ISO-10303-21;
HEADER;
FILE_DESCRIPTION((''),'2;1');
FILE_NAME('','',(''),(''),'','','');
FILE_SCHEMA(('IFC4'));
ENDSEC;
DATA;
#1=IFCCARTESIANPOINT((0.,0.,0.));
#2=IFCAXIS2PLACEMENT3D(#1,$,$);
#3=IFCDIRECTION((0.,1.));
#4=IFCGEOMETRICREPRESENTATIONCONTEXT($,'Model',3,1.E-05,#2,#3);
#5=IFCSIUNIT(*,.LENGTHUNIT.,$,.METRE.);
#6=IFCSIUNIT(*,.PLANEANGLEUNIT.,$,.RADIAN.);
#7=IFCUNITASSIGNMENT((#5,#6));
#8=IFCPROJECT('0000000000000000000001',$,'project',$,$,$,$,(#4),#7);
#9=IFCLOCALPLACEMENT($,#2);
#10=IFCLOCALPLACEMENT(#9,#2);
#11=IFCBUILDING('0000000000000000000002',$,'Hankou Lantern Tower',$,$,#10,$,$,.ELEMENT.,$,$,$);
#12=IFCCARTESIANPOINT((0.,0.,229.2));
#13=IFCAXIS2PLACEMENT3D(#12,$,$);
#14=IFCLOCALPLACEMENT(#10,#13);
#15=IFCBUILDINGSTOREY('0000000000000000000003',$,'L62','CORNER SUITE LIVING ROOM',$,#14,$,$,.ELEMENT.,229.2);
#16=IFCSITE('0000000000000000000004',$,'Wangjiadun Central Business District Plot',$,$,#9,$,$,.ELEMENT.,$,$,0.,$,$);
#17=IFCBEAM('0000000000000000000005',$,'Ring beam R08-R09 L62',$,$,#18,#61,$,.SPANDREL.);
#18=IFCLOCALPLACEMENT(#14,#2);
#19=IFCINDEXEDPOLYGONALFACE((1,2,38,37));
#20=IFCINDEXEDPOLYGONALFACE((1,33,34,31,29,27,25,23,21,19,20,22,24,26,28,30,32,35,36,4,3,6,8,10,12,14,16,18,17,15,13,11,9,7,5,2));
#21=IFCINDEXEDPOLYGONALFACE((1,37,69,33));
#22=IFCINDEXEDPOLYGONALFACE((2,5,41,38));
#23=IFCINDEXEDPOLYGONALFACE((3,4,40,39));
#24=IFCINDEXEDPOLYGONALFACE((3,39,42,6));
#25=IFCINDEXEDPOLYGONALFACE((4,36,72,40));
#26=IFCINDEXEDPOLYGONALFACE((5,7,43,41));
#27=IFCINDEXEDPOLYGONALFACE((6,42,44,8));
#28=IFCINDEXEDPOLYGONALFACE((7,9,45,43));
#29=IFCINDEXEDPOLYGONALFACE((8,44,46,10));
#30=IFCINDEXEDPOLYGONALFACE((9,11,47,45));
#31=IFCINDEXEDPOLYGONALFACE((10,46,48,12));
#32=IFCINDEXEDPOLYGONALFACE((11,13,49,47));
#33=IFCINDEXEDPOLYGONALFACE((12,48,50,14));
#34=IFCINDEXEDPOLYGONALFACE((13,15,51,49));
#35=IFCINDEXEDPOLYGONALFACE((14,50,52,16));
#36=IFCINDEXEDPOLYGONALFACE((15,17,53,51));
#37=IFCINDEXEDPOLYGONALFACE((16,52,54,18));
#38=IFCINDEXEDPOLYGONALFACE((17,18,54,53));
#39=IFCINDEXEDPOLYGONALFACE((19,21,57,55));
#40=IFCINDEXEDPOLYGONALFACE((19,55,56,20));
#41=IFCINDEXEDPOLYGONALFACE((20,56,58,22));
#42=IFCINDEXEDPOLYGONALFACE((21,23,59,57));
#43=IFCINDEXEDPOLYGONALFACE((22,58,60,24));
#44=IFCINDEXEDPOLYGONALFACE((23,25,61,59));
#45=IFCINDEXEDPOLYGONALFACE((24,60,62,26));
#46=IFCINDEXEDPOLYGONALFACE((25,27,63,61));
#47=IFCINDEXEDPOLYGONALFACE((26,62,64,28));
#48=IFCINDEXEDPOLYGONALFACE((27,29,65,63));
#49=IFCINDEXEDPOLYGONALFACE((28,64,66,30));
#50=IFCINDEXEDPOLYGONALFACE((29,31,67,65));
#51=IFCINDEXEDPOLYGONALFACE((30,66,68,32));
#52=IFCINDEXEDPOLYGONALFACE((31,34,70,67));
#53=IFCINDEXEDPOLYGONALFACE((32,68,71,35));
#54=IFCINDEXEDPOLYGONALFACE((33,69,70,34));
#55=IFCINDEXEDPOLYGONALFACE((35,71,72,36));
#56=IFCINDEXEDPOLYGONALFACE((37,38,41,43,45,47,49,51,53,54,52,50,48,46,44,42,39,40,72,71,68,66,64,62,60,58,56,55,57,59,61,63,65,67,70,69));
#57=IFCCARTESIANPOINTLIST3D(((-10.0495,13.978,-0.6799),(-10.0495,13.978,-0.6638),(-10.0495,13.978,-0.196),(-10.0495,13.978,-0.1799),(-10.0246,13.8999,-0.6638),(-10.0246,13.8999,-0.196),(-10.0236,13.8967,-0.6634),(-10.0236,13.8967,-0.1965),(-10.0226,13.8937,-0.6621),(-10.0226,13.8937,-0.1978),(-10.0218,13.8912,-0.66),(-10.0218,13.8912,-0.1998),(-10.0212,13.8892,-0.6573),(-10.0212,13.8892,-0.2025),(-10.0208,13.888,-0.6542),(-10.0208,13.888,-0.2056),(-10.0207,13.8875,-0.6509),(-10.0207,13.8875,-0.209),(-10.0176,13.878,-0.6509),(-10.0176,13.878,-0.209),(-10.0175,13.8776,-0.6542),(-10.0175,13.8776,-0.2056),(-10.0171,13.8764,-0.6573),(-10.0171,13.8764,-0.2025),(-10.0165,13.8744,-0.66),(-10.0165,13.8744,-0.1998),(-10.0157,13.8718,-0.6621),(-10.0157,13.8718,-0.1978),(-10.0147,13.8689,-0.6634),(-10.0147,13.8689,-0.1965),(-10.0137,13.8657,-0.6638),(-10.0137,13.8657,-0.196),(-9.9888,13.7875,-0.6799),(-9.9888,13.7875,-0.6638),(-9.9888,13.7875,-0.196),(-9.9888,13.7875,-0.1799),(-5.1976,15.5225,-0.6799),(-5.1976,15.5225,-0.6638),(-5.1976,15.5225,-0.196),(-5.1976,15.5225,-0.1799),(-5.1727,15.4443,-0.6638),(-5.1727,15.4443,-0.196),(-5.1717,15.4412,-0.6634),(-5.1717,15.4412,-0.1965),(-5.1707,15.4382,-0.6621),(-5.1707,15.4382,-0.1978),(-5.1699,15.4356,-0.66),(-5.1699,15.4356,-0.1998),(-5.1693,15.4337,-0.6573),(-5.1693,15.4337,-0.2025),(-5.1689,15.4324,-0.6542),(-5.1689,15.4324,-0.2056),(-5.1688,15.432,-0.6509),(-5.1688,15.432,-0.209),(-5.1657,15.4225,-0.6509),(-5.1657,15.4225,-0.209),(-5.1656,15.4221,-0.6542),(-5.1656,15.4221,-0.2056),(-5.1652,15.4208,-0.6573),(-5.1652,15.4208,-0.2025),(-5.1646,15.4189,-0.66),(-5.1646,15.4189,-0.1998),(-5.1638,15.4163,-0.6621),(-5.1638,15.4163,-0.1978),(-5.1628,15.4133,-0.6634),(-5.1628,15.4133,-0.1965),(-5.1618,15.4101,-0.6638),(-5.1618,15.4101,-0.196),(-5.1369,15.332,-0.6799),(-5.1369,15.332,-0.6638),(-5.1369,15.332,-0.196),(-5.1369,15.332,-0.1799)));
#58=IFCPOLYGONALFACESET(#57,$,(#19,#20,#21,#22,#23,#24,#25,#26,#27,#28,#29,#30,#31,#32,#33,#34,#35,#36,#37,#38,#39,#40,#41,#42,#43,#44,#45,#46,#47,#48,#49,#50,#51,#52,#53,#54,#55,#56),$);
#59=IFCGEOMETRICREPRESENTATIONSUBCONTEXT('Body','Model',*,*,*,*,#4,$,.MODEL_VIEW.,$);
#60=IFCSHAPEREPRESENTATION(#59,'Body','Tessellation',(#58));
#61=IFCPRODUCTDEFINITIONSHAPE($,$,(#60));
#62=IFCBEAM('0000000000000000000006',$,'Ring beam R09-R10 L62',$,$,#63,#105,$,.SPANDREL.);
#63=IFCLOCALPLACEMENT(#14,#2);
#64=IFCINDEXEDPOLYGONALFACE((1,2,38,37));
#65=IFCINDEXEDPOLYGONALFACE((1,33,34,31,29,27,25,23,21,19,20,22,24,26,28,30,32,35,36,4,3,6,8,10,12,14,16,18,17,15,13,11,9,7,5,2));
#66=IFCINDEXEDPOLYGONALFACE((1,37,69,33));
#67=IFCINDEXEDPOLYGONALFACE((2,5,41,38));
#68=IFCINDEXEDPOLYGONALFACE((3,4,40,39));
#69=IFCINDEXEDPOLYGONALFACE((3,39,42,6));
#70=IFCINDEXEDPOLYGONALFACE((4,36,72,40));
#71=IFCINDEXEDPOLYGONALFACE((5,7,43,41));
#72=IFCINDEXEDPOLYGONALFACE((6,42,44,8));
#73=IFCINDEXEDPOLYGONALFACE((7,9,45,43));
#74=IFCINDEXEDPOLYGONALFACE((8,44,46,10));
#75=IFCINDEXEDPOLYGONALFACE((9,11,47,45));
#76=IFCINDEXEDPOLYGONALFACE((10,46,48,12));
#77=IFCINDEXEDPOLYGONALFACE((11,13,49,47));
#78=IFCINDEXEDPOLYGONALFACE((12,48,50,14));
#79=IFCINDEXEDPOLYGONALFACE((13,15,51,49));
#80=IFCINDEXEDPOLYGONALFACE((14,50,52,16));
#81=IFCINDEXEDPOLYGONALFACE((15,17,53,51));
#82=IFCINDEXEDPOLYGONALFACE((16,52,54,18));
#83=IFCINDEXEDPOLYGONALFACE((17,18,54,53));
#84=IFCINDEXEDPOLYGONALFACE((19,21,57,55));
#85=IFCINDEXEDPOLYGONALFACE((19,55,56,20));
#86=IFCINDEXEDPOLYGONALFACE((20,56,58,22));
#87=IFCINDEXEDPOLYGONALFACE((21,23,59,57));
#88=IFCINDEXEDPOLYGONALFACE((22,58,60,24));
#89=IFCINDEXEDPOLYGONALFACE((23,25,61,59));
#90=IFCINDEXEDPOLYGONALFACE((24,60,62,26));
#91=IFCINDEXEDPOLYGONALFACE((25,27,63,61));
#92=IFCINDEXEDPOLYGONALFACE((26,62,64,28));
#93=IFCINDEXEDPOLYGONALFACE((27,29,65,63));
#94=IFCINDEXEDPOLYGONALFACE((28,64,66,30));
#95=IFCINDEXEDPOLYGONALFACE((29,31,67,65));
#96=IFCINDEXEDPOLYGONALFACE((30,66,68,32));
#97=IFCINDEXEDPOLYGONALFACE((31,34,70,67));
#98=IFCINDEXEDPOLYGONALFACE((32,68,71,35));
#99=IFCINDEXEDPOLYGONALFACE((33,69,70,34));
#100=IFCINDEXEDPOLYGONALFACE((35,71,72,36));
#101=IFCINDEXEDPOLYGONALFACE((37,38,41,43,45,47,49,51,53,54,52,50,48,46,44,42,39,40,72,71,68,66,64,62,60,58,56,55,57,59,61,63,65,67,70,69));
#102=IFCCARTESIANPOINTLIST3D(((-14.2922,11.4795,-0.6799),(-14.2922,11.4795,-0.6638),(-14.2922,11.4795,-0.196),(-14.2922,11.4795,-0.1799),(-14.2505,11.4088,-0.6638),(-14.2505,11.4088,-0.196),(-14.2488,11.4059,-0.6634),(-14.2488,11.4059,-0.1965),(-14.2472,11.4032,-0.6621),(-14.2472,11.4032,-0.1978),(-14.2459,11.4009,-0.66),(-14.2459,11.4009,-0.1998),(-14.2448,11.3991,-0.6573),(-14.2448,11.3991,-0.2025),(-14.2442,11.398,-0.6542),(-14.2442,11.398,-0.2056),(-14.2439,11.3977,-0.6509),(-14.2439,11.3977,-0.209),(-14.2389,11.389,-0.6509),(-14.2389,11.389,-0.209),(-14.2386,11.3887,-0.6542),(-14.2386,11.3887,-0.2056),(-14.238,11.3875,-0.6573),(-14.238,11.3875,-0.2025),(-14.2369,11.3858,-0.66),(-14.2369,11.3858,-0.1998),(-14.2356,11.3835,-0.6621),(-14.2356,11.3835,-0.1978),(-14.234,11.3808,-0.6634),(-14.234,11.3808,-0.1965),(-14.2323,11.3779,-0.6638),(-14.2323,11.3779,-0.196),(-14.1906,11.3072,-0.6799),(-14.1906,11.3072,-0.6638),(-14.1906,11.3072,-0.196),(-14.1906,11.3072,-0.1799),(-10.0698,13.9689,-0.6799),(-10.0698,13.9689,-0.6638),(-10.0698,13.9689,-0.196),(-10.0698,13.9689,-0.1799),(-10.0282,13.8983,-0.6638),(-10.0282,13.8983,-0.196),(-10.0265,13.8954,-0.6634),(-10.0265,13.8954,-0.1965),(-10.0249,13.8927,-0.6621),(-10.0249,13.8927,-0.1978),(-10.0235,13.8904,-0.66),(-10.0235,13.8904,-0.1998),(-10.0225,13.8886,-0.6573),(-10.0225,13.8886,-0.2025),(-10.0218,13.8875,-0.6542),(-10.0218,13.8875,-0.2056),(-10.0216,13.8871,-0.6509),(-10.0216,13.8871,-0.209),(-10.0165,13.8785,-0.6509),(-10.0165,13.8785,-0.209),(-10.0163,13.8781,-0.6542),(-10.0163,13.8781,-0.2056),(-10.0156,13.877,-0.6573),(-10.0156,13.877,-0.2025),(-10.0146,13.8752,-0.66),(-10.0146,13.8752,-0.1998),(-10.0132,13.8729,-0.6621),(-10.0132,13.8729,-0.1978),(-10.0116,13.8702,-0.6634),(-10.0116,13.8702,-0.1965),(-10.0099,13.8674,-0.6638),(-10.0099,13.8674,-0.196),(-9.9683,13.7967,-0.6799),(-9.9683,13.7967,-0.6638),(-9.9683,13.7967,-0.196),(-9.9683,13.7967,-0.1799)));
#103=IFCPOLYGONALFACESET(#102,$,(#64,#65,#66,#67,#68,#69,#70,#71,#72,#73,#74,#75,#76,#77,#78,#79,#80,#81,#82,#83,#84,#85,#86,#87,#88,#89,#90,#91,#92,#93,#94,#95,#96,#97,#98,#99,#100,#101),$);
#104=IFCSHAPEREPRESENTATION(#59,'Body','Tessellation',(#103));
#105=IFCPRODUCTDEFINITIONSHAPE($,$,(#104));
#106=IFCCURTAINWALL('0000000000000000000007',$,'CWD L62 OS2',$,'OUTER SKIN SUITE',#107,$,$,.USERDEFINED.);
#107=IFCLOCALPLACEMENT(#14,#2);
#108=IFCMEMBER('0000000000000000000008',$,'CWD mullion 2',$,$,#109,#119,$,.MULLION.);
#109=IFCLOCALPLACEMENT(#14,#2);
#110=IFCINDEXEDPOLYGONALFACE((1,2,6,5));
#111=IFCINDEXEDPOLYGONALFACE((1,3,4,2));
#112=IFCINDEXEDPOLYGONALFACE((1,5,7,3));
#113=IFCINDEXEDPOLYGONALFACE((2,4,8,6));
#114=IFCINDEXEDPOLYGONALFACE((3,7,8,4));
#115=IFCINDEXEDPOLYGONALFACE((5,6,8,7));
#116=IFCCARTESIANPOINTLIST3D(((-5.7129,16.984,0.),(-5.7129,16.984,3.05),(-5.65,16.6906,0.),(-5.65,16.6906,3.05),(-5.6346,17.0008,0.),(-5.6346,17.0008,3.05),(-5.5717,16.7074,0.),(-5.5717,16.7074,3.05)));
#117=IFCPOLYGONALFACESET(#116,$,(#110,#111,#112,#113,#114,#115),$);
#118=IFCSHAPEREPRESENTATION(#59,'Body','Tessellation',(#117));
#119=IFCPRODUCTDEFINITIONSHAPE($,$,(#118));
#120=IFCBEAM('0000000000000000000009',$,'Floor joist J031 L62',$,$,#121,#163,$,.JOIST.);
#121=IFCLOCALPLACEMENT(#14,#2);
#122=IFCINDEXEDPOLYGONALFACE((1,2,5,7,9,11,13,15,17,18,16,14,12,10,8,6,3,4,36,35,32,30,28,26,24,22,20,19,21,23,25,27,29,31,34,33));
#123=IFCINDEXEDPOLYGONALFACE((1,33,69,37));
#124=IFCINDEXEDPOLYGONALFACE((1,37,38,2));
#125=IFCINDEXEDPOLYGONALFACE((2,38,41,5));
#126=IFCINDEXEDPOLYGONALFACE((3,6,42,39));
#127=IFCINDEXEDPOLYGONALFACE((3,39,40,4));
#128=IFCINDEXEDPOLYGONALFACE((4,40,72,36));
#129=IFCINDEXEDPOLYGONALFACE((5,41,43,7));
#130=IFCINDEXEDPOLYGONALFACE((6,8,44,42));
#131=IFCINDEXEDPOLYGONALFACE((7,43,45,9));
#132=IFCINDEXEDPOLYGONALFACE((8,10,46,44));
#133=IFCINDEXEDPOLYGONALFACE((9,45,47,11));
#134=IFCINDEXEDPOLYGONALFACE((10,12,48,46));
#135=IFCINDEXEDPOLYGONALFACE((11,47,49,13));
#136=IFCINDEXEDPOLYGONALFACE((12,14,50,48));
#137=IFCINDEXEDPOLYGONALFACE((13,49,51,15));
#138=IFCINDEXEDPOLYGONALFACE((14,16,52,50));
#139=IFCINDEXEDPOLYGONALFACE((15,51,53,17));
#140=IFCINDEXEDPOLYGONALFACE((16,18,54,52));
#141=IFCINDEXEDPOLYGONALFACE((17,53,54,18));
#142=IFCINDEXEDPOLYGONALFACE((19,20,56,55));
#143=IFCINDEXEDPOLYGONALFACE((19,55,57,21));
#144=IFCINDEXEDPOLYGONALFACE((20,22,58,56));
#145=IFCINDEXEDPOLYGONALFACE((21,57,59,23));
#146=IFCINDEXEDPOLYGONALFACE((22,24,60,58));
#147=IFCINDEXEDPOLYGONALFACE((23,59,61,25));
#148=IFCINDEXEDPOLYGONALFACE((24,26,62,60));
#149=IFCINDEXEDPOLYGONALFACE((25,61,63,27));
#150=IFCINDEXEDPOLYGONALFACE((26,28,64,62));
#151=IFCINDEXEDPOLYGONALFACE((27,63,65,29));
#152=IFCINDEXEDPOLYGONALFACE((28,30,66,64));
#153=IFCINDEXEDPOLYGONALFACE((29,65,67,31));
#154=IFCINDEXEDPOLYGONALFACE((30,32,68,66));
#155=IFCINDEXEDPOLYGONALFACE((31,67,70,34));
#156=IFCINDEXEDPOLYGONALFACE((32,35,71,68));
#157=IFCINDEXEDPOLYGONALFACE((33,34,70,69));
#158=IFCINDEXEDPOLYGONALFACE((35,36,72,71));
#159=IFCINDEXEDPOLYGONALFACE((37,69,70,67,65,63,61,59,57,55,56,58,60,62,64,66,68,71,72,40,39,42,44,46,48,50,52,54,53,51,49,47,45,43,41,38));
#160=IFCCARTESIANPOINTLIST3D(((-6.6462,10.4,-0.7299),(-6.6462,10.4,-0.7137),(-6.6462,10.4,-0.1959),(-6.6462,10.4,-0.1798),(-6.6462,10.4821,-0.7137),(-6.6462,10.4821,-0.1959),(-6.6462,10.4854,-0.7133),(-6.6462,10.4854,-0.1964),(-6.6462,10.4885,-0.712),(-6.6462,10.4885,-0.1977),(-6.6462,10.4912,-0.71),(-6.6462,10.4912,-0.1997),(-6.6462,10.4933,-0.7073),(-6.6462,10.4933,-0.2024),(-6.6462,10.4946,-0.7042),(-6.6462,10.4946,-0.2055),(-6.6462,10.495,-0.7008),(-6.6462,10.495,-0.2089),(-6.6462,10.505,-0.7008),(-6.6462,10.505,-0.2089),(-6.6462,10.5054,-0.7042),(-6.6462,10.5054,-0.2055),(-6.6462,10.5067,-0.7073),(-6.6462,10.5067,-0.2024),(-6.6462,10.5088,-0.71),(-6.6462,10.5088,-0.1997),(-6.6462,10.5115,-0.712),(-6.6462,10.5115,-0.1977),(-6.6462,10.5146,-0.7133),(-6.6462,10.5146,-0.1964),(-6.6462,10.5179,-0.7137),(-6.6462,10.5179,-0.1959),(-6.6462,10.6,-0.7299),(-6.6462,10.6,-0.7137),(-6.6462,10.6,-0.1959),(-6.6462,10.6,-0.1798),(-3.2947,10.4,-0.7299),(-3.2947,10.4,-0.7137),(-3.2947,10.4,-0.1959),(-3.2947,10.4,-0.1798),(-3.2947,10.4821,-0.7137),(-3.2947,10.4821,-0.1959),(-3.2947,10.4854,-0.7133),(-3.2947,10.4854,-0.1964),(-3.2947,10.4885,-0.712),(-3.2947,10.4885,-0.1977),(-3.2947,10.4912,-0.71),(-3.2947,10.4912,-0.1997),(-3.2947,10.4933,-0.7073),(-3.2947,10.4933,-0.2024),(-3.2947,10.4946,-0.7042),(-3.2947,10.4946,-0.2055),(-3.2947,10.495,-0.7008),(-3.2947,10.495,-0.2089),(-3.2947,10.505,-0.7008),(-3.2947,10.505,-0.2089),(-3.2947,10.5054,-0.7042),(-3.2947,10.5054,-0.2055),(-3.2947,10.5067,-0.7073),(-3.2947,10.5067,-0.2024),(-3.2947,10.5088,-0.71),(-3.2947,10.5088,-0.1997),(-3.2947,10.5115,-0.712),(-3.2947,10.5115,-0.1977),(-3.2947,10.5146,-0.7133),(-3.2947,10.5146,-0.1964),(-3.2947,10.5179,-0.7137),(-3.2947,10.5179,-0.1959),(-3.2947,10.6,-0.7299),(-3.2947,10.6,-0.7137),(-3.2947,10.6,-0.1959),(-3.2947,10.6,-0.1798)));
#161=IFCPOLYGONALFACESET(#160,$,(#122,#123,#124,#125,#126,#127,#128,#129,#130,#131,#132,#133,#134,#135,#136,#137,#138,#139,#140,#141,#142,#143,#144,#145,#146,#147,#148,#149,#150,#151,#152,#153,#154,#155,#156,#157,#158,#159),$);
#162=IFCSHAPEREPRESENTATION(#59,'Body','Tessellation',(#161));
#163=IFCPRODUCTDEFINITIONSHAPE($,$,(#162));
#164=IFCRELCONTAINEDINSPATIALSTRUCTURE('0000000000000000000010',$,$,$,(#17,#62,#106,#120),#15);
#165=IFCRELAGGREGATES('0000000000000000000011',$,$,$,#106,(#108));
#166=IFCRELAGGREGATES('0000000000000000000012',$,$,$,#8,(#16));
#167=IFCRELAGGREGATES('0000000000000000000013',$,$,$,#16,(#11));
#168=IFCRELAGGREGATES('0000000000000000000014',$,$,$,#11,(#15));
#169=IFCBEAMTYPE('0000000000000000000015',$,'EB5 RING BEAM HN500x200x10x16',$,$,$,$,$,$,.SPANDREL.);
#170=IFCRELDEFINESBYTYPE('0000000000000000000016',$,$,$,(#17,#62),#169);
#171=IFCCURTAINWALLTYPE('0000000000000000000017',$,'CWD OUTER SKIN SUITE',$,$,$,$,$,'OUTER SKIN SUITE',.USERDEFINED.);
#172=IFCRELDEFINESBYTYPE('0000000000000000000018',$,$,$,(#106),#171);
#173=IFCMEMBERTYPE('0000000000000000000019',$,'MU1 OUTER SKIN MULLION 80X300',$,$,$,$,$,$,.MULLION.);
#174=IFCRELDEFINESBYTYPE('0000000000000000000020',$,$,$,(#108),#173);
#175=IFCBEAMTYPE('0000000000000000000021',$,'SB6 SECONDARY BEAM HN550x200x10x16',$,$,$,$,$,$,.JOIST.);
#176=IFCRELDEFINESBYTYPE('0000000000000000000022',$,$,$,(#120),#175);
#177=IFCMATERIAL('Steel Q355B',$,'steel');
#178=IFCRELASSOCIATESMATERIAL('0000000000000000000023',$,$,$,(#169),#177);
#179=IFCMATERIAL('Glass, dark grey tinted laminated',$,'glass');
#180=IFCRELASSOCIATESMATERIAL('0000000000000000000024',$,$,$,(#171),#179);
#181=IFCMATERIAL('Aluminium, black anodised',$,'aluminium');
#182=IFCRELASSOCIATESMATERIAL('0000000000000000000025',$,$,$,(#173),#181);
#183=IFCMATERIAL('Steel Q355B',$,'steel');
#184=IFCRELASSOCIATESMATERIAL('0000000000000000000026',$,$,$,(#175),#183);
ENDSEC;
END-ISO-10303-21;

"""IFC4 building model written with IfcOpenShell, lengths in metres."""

from ifc_helpers import new_model, si_unit, direction, frame, origin, origin_2d, place, context, subcontext, project, spatial, rectangle, i_section, extrude, material, material_profile, profile_set, type_object, element, aggregate, save


model = new_model("IFC4")

# Units and contexts
model_context = context("Model", 3, precision=1e-05, world=origin(), true_north=direction((0.0, 1.0)))
body_context = subcontext(model_context, "Body", "Model", "MODEL_VIEW")
ifc_project = project(units=[si_unit("LENGTHUNIT", "METRE"), si_unit("PLANEANGLEUNIT", "RADIAN")], contexts=[model_context])

# Site, building, storey
site_placement = place(None, origin())
site = spatial("IfcSite", under=ifc_project, at=site_placement, Name="Wangjiadun Central Business District Plot", CompositionType="ELEMENT", RefElevation=0.0)
building_placement = place(site_placement, origin())
building = spatial("IfcBuilding", under=site, at=building_placement, Name="Hankou Lantern Tower", CompositionType="ELEMENT")
storey_placement = place(building_placement, frame((0.0, 0.0, 229.2)))
storey = spatial("IfcBuildingStorey", under=building, at=storey_placement, Name="L62", Description="CORNER SUITE LIVING ROOM", CompositionType="ELEMENT", Elevation=229.2)

# Beams
ifc_material_1 = material(Name="Steel Q355B", Category="steel")
ifc_material_profile_1 = material_profile(ifc_material_1, i_section(OverallWidth=0.2, OverallDepth=0.5, WebThickness=0.01, FlangeThickness=0.0161, FilletRadius=0.0129, at=origin_2d()), Name="HN500x200x10x16")
ifc_profile_set_1 = profile_set([ifc_material_profile_1], Name="Steel Q355B")
beam_type_1 = type_object("IfcBeamType", Name="EB5 RING BEAM HN500x200x10x16", PredefinedType="SPANDREL", material=ifc_profile_set_1)
beam_1_placement = place(storey_placement, frame((-5.1672, 15.4272, -0.4299), z_axis=(-0.952887, -0.303324, 0.0), x_axis=(0.303324, -0.952887, 0.0)))
element("IfcBeam", 1, at=beam_1_placement, inside=storey, type_object=beam_type_1, Name="Ring beam R08-R09 L62", PredefinedType="SPANDREL", context=body_context, shape_type="SweptSolid", body=[
    extrude(i_section(OverallWidth=0.2, OverallDepth=0.5, WebThickness=0.01, FlangeThickness=0.0161, FilletRadius=0.0129, at=origin_2d()), origin(), (0.0, 0.0, 1.0), 5.0918),
])
beam_2_placement = place(storey_placement, frame((-10.019, 13.8828, -0.4299), z_axis=(-0.861423, -0.507888, 0.0), x_axis=(0.507888, -0.861423, 0.0)))
element("IfcBeam", 2, at=beam_2_placement, inside=storey, type_object=beam_type_1, Name="Ring beam R09-R10 L62", PredefinedType="SPANDREL", context=body_context, shape_type="SweptSolid", body=[
    extrude(i_section(OverallWidth=0.2, OverallDepth=0.5, WebThickness=0.01, FlangeThickness=0.0161, FilletRadius=0.0129, at=origin_2d()), origin(), (0.0, 0.0, 1.0), 4.9016),
])

# Curtain wall, member
ifc_material_2 = material(Name="Glass, dark grey tinted laminated", Category="glass")
curtain_wall_type = type_object("IfcCurtainWallType", Name="CWD OUTER SKIN SUITE", ElementType="OUTER SKIN SUITE", PredefinedType="USERDEFINED", material=ifc_material_2)
curtain_wall_placement = place(storey_placement, origin())
curtain_wall = element("IfcCurtainWall", 3, at=curtain_wall_placement, inside=storey, type_object=curtain_wall_type, Name="CWD L62 OS2", ObjectType="OUTER SKIN SUITE", PredefinedType="USERDEFINED")
ifc_material_3 = material(Name="Aluminium, black anodised", Category="aluminium")
ifc_material_profile_2 = material_profile(ifc_material_3, rectangle(XDim=0.0801, YDim=0.3, at=origin_2d()), Name="MU1 80X300")
ifc_profile_set_2 = profile_set([ifc_material_profile_2], Name="Aluminium, black anodised")
member_type_1 = type_object("IfcMemberType", Name="MU1 OUTER SKIN MULLION 80X300", PredefinedType="MULLION", material=ifc_profile_set_2)
member_1_placement = place(storey_placement, frame((-5.6423, 16.8457, 0.0), z_axis=(0.0, 0.0, 1.0), x_axis=(-0.977788, -0.209598, 0.0)))
member_1 = element("IfcMember", 4, at=member_1_placement, type_object=member_type_1, Name="CWD mullion 2", PredefinedType="MULLION", context=body_context, shape_type="SweptSolid", body=[
    extrude(rectangle(XDim=0.0801, YDim=0.3, at=origin_2d()), origin(), (0.0, 0.0, 1.0), 3.05),
])

# Beam
ifc_material_4 = material(Name="Steel Q355B", Category="steel")
ifc_material_profile_3 = material_profile(ifc_material_4, i_section(OverallWidth=0.2, OverallDepth=0.55, WebThickness=0.01, FlangeThickness=0.0161, FilletRadius=0.0129, at=origin_2d()), Name="HN550x200x10x16")
ifc_profile_set_3 = profile_set([ifc_material_profile_3], Name="Steel Q355B")
beam_type_2 = type_object("IfcBeamType", Name="SB6 SECONDARY BEAM HN550x200x10x16", PredefinedType="JOIST", material=ifc_profile_set_3)
beam_3_placement = place(storey_placement, frame((-6.6462, 10.5, -0.4548), z_axis=(1.0, 0.0, 0.0), x_axis=(0.0, 1.0, 0.0)))
element("IfcBeam", 5, at=beam_3_placement, inside=storey, type_object=beam_type_2, Name="Floor joist J031 L62", PredefinedType="JOIST", context=body_context, shape_type="SweptSolid", body=[
    extrude(i_section(OverallWidth=0.2, OverallDepth=0.55, WebThickness=0.01, FlangeThickness=0.0161, FilletRadius=0.0129, at=origin_2d()), origin(), (0.0, 0.0, 1.0), 3.3516),
])

aggregate(curtain_wall, [member_1])

save(model, "model.ifc")
